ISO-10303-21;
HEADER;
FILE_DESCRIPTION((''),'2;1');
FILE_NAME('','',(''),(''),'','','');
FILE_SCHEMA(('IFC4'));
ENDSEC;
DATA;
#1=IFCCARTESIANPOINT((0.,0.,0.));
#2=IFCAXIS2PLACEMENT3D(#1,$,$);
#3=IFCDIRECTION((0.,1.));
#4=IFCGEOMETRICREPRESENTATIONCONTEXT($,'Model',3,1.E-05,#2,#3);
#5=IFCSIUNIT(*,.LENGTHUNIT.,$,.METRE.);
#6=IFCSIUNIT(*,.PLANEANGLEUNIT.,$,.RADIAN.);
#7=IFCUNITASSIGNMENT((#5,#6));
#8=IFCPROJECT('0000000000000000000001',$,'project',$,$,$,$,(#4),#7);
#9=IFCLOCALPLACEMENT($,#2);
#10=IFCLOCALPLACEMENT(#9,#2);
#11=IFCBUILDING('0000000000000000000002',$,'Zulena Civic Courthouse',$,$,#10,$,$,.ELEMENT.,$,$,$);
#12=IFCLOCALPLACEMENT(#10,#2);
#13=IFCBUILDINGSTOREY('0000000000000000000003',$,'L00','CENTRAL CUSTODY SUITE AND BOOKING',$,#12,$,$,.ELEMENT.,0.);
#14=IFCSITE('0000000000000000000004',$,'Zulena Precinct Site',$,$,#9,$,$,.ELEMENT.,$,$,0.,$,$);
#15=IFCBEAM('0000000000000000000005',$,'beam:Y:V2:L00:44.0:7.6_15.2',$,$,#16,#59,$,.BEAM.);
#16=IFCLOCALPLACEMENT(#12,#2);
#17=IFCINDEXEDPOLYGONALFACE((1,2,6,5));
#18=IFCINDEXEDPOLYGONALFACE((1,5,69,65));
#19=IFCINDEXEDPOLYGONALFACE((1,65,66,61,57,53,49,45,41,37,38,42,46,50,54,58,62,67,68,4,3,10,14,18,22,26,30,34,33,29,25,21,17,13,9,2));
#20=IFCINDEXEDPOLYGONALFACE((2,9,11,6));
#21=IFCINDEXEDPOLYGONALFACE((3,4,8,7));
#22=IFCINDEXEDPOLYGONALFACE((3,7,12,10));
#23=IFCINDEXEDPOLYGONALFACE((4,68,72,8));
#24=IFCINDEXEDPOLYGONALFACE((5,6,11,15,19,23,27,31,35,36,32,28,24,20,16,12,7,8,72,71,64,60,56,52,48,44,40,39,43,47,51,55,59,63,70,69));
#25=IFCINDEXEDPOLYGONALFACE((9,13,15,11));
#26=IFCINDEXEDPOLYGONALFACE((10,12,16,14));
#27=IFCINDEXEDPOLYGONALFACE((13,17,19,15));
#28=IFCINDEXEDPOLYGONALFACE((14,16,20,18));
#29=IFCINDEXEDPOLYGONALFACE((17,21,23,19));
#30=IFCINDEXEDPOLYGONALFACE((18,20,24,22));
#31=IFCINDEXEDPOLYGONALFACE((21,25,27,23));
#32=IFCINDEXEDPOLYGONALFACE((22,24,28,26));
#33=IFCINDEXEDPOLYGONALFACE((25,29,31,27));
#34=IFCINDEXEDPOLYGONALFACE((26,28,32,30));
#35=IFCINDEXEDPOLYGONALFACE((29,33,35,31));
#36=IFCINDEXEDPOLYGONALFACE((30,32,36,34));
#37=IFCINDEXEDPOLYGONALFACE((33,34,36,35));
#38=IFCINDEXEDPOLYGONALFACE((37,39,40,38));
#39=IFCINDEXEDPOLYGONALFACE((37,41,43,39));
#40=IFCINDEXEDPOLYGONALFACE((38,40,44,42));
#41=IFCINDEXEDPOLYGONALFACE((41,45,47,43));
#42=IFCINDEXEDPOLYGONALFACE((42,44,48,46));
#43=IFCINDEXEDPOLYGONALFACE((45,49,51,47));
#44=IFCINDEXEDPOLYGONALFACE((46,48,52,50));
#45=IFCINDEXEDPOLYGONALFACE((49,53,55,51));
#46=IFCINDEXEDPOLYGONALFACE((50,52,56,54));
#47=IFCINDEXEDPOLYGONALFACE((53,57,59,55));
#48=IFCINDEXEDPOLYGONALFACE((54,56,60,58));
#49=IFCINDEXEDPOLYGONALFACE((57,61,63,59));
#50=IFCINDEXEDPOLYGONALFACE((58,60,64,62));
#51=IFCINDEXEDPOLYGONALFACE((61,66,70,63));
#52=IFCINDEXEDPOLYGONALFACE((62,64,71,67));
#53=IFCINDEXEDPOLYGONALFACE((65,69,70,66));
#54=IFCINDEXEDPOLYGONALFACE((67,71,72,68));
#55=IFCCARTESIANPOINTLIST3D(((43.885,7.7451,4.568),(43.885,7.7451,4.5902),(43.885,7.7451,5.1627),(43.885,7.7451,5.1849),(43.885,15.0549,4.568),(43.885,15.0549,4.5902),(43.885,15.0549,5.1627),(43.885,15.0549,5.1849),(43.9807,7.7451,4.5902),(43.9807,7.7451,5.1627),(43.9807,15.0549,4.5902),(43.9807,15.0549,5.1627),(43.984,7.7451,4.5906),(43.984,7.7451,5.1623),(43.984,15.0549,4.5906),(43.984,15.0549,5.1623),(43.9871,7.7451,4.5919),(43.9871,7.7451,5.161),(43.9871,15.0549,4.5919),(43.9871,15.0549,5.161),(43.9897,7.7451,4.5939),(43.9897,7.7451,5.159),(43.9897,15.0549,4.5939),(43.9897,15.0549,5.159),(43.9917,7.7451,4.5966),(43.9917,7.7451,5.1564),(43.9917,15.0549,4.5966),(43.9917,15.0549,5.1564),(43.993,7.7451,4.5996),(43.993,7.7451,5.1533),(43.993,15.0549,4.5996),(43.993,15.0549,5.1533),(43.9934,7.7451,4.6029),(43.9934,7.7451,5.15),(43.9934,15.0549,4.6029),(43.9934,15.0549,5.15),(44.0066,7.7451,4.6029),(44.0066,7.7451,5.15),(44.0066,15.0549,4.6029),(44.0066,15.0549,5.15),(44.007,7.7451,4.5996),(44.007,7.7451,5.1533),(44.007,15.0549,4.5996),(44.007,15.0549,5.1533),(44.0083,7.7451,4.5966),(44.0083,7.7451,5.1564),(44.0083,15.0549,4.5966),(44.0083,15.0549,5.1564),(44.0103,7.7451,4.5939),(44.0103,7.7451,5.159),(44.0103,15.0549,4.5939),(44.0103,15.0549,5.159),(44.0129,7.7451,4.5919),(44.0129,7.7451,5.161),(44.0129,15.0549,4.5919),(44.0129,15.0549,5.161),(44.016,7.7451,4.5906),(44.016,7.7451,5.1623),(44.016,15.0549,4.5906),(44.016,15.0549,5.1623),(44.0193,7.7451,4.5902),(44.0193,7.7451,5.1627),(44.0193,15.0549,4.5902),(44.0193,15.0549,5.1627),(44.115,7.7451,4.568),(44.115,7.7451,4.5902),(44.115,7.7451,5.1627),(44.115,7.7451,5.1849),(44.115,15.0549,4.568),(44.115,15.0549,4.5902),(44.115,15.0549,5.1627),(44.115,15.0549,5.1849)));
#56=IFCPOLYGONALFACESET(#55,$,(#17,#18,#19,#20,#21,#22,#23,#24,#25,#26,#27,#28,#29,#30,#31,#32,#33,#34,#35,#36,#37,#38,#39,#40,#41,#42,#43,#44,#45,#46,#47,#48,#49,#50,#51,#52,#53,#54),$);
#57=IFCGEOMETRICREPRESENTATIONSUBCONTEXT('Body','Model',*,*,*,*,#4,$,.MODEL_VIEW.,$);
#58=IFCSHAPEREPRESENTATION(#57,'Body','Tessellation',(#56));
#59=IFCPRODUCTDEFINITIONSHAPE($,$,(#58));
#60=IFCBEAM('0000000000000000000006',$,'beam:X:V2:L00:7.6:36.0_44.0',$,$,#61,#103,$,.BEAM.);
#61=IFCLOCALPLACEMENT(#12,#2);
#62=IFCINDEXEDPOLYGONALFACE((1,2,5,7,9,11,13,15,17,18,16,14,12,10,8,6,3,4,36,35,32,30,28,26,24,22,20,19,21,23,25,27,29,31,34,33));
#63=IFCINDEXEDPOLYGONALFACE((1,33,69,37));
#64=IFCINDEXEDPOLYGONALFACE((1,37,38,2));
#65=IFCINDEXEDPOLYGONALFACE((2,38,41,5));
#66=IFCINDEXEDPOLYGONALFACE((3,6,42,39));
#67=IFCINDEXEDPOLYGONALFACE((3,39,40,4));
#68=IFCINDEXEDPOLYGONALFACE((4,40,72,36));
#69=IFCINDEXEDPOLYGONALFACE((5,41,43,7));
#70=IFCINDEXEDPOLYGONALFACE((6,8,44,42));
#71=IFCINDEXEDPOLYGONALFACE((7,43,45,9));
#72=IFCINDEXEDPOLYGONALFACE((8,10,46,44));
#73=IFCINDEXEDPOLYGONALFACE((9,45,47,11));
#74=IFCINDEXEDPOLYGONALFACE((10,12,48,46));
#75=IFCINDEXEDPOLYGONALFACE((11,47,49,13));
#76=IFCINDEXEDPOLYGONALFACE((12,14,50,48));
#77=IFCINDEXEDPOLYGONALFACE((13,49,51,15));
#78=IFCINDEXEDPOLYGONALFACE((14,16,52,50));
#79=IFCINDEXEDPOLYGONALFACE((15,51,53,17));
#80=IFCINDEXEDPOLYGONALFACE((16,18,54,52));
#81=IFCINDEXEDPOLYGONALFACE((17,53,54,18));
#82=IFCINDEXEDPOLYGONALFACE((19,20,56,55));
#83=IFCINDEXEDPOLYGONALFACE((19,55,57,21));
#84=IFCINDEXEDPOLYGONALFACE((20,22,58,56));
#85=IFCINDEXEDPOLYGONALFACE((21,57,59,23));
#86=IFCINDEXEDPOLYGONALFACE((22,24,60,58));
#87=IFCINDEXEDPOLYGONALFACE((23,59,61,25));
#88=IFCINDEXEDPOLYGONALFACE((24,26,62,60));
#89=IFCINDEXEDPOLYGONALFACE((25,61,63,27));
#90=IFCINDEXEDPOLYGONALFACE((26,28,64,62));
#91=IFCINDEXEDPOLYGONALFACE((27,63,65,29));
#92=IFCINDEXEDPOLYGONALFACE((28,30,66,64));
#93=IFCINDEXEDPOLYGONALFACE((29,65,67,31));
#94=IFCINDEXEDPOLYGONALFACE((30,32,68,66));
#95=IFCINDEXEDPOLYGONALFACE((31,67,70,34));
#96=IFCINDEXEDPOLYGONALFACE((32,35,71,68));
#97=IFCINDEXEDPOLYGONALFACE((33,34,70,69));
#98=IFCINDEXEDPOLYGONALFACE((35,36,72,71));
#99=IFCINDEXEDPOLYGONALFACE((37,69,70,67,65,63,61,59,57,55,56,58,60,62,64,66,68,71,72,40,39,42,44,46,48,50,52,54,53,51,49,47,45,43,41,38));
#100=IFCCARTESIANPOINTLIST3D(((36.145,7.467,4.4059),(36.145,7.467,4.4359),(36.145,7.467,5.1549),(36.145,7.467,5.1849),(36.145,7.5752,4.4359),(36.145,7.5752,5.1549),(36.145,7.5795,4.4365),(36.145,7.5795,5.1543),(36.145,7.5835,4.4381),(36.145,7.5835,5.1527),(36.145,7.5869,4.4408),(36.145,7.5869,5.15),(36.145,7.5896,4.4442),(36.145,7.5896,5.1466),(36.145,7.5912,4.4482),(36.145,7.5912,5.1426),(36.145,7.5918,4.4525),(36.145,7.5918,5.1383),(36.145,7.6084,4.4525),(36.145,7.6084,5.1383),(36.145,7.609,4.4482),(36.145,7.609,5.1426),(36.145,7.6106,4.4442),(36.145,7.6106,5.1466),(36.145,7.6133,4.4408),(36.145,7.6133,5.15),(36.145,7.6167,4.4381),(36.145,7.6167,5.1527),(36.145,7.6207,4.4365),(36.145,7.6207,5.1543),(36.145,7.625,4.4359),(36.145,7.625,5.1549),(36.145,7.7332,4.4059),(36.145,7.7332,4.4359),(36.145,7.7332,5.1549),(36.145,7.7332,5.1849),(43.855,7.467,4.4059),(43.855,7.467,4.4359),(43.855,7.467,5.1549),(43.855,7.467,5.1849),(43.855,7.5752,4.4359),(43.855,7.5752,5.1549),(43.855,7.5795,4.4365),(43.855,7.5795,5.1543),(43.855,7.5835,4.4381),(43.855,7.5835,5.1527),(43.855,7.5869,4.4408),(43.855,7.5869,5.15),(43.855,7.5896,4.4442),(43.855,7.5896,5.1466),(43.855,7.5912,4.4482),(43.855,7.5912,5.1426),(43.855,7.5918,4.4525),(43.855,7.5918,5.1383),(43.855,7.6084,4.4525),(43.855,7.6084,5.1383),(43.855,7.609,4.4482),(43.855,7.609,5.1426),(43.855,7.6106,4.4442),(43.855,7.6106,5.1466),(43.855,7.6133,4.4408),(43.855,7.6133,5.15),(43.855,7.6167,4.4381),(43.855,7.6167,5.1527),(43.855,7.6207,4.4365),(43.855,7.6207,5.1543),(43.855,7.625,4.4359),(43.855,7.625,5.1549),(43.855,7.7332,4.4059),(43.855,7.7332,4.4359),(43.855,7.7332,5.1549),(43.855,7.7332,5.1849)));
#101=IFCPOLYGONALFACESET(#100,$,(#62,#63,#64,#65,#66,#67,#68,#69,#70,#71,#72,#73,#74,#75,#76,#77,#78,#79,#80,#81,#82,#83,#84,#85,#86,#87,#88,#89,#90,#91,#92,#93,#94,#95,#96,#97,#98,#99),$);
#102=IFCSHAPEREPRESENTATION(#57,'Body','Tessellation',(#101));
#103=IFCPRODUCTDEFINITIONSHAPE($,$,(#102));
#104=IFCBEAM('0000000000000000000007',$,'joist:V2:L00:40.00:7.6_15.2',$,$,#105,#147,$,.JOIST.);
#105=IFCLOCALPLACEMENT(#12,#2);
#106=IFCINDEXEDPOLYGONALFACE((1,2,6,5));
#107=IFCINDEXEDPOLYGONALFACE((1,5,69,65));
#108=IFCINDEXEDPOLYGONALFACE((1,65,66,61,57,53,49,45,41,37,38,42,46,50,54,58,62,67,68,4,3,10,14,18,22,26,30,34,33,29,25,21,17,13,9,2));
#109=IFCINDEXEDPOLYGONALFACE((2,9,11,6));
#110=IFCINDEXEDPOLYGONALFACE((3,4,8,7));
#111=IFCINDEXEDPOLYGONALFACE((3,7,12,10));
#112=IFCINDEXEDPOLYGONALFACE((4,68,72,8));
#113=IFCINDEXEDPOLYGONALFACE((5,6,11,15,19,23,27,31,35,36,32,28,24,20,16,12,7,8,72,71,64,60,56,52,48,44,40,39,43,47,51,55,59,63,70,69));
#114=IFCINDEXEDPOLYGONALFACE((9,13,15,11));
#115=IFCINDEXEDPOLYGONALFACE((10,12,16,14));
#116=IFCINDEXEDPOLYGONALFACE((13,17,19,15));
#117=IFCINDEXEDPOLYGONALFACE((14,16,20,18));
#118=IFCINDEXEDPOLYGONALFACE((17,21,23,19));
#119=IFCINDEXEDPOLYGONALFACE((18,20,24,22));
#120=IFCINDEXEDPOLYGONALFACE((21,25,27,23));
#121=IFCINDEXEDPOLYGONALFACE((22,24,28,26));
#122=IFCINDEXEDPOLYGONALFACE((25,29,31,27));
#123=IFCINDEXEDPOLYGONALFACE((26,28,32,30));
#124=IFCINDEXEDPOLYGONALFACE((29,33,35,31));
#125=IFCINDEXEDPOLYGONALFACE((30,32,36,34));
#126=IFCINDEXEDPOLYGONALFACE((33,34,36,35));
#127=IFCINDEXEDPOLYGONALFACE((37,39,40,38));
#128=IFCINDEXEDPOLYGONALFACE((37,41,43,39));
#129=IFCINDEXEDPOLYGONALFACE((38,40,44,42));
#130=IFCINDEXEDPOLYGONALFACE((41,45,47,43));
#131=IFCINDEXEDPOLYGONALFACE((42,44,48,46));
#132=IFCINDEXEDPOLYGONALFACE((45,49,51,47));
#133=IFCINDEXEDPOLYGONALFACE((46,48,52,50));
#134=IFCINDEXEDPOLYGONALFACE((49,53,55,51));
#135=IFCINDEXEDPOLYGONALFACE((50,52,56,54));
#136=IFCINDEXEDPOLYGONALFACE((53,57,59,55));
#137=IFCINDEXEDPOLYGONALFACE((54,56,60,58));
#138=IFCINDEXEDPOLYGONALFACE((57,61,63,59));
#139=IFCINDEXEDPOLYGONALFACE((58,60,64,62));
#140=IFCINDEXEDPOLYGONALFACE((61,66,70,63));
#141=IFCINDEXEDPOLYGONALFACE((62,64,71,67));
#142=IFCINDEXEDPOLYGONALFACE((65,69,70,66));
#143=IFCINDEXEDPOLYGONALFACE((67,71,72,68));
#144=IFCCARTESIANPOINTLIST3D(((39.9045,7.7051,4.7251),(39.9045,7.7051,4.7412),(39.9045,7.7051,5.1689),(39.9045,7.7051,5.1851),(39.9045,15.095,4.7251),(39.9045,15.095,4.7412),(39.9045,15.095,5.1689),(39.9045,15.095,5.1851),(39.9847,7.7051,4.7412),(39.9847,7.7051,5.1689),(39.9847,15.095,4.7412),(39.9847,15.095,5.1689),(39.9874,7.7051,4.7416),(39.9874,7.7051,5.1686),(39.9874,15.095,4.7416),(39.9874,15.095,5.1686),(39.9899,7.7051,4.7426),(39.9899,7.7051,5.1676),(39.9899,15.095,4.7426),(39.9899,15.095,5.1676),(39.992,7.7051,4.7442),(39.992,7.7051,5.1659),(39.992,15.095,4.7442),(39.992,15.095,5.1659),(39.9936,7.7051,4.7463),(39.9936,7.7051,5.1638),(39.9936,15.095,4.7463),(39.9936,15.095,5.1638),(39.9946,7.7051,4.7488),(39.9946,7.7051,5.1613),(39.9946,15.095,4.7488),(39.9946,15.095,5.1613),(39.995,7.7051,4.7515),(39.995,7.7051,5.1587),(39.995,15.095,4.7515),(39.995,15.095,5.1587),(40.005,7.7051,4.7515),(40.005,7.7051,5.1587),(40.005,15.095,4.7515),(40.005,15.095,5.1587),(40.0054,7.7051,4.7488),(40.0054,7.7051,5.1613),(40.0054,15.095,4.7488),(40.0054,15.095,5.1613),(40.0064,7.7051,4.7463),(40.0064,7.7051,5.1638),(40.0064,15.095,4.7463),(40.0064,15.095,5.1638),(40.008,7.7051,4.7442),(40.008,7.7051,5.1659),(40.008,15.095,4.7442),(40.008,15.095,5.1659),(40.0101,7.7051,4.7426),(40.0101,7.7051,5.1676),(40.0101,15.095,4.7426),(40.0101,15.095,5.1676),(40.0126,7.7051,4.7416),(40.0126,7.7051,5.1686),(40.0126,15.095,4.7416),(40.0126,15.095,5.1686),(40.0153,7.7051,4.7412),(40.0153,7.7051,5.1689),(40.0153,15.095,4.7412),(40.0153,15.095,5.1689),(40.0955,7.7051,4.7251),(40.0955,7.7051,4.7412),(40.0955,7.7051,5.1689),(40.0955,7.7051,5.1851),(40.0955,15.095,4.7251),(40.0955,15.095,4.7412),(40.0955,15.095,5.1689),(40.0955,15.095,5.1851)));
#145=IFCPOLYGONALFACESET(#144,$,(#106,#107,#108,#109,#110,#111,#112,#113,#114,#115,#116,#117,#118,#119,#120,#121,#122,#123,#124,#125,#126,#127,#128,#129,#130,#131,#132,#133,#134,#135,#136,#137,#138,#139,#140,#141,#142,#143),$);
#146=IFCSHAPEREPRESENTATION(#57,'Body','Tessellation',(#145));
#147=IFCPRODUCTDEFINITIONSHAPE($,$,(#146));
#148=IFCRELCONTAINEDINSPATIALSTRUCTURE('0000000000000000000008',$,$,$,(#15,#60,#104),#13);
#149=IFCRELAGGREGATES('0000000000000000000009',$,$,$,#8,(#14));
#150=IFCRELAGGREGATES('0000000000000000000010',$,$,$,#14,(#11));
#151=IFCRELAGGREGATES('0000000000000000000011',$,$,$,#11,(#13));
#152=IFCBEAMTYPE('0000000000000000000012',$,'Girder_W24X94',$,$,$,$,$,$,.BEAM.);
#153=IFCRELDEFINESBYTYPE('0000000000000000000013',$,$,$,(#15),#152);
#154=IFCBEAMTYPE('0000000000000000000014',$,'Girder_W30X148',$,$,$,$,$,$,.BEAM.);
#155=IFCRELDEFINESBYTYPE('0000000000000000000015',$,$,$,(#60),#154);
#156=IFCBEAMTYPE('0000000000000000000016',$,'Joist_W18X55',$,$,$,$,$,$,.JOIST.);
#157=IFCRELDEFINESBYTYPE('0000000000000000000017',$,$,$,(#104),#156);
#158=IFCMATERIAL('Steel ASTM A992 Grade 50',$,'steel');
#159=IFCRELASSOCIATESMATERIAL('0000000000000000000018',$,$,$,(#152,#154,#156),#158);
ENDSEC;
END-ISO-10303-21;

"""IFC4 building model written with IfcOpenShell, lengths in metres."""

from ifc_helpers import new_model, si_unit, direction, frame, origin, origin_2d, place, context, subcontext, project, spatial, i_section, extrude, material, material_profile, profile_set, type_object, element, save


model = new_model("IFC4")

# Units and contexts
model_context = context("Model", 3, precision=1e-05, world=origin(), true_north=direction((0.0, 1.0)))
body_context = subcontext(model_context, "Body", "Model", "MODEL_VIEW")
ifc_project = project(units=[si_unit("LENGTHUNIT", "METRE"), si_unit("PLANEANGLEUNIT", "RADIAN")], contexts=[model_context])

# Site, building, storey
site_placement = place(None, origin())
site = spatial("IfcSite", under=ifc_project, at=site_placement, Name="Zulena Precinct Site", CompositionType="ELEMENT", RefElevation=0.0)
building_placement = place(site_placement, origin())
building = spatial("IfcBuilding", under=site, at=building_placement, Name="Zulena Civic Courthouse", CompositionType="ELEMENT")
storey_placement = place(building_placement, origin())
storey = spatial("IfcBuildingStorey", under=building, at=storey_placement, Name="L00", Description="CENTRAL CUSTODY SUITE AND BOOKING", CompositionType="ELEMENT", Elevation=0.0)

# Shared definitions
ifc_material_1 = material(Name="Steel ASTM A992 Grade 50", Category="steel")

# Beams
ifc_material_profile_1 = material_profile(ifc_material_1, i_section(OverallWidth=0.23, OverallDepth=0.6169, WebThickness=0.0132, FlangeThickness=0.0222, FilletRadius=0.0127, at=origin_2d()), Name="W24X94")
ifc_profile_set_1 = profile_set([ifc_material_profile_1], Name="Steel ASTM A992 Grade 50")
beam_type_1 = type_object("IfcBeamType", Name="Girder_W24X94", PredefinedType="BEAM", material=ifc_profile_set_1)
beam_1_placement = place(storey_placement, frame((44.0, 7.7451, 4.8765), z_axis=(0.0, 1.0, 0.0), x_axis=(-1.0, 0.0, 0.0)))
element("IfcBeam", 1, at=beam_1_placement, inside=storey, type_object=beam_type_1, Name="beam:Y:V2:L00:44.0:7.6_15.2", PredefinedType="BEAM", context=body_context, shape_type="SweptSolid", body=[
    extrude(i_section(OverallWidth=0.23, OverallDepth=0.6169, WebThickness=0.0132, FlangeThickness=0.0222, FilletRadius=0.0127, at=origin_2d()), origin(), (0.0, 0.0, 1.0), 7.3098),
])
ifc_material_profile_2 = material_profile(ifc_material_1, i_section(OverallWidth=0.2661, OverallDepth=0.7791, WebThickness=0.0166, FlangeThickness=0.03, FilletRadius=0.0166, at=origin_2d()), Name="W30X148")
ifc_profile_set_2 = profile_set([ifc_material_profile_2], Name="Steel ASTM A992 Grade 50")
beam_type_2 = type_object("IfcBeamType", Name="Girder_W30X148", PredefinedType="BEAM", material=ifc_profile_set_2)
beam_2_placement = place(storey_placement, frame((36.145, 7.6001, 4.7954), z_axis=(1.0, 0.0, 0.0), x_axis=(0.0, 1.0, 0.0)))
element("IfcBeam", 2, at=beam_2_placement, inside=storey, type_object=beam_type_2, Name="beam:X:V2:L00:7.6:36.0_44.0", PredefinedType="BEAM", context=body_context, shape_type="SweptSolid", body=[
    extrude(i_section(OverallWidth=0.2661, OverallDepth=0.7791, WebThickness=0.0166, FlangeThickness=0.03, FilletRadius=0.0166, at=origin_2d()), origin(), (0.0, 0.0, 1.0), 7.71),
])
ifc_material_profile_3 = material_profile(ifc_material_1, i_section(OverallWidth=0.1909, OverallDepth=0.46, WebThickness=0.01, FlangeThickness=0.0161, FilletRadius=0.0103, at=origin_2d()), Name="W18X55")
ifc_profile_set_3 = profile_set([ifc_material_profile_3], Name="Steel ASTM A992 Grade 50")
beam_type_3 = type_object("IfcBeamType", Name="Joist_W18X55", PredefinedType="JOIST", material=ifc_profile_set_3)
beam_3_placement = place(storey_placement, frame((40.0, 7.7051, 4.9551), z_axis=(0.0, 1.0, 0.0), x_axis=(-1.0, 0.0, 0.0)))
element("IfcBeam", 3, at=beam_3_placement, inside=storey, type_object=beam_type_3, Name="joist:V2:L00:40.00:7.6_15.2", PredefinedType="JOIST", context=body_context, shape_type="SweptSolid", body=[
    extrude(i_section(OverallWidth=0.1909, OverallDepth=0.46, WebThickness=0.01, FlangeThickness=0.0161, FilletRadius=0.0103, at=origin_2d()), origin(), (0.0, 0.0, 1.0), 7.3899),
])

save(model, "model.ifc")
